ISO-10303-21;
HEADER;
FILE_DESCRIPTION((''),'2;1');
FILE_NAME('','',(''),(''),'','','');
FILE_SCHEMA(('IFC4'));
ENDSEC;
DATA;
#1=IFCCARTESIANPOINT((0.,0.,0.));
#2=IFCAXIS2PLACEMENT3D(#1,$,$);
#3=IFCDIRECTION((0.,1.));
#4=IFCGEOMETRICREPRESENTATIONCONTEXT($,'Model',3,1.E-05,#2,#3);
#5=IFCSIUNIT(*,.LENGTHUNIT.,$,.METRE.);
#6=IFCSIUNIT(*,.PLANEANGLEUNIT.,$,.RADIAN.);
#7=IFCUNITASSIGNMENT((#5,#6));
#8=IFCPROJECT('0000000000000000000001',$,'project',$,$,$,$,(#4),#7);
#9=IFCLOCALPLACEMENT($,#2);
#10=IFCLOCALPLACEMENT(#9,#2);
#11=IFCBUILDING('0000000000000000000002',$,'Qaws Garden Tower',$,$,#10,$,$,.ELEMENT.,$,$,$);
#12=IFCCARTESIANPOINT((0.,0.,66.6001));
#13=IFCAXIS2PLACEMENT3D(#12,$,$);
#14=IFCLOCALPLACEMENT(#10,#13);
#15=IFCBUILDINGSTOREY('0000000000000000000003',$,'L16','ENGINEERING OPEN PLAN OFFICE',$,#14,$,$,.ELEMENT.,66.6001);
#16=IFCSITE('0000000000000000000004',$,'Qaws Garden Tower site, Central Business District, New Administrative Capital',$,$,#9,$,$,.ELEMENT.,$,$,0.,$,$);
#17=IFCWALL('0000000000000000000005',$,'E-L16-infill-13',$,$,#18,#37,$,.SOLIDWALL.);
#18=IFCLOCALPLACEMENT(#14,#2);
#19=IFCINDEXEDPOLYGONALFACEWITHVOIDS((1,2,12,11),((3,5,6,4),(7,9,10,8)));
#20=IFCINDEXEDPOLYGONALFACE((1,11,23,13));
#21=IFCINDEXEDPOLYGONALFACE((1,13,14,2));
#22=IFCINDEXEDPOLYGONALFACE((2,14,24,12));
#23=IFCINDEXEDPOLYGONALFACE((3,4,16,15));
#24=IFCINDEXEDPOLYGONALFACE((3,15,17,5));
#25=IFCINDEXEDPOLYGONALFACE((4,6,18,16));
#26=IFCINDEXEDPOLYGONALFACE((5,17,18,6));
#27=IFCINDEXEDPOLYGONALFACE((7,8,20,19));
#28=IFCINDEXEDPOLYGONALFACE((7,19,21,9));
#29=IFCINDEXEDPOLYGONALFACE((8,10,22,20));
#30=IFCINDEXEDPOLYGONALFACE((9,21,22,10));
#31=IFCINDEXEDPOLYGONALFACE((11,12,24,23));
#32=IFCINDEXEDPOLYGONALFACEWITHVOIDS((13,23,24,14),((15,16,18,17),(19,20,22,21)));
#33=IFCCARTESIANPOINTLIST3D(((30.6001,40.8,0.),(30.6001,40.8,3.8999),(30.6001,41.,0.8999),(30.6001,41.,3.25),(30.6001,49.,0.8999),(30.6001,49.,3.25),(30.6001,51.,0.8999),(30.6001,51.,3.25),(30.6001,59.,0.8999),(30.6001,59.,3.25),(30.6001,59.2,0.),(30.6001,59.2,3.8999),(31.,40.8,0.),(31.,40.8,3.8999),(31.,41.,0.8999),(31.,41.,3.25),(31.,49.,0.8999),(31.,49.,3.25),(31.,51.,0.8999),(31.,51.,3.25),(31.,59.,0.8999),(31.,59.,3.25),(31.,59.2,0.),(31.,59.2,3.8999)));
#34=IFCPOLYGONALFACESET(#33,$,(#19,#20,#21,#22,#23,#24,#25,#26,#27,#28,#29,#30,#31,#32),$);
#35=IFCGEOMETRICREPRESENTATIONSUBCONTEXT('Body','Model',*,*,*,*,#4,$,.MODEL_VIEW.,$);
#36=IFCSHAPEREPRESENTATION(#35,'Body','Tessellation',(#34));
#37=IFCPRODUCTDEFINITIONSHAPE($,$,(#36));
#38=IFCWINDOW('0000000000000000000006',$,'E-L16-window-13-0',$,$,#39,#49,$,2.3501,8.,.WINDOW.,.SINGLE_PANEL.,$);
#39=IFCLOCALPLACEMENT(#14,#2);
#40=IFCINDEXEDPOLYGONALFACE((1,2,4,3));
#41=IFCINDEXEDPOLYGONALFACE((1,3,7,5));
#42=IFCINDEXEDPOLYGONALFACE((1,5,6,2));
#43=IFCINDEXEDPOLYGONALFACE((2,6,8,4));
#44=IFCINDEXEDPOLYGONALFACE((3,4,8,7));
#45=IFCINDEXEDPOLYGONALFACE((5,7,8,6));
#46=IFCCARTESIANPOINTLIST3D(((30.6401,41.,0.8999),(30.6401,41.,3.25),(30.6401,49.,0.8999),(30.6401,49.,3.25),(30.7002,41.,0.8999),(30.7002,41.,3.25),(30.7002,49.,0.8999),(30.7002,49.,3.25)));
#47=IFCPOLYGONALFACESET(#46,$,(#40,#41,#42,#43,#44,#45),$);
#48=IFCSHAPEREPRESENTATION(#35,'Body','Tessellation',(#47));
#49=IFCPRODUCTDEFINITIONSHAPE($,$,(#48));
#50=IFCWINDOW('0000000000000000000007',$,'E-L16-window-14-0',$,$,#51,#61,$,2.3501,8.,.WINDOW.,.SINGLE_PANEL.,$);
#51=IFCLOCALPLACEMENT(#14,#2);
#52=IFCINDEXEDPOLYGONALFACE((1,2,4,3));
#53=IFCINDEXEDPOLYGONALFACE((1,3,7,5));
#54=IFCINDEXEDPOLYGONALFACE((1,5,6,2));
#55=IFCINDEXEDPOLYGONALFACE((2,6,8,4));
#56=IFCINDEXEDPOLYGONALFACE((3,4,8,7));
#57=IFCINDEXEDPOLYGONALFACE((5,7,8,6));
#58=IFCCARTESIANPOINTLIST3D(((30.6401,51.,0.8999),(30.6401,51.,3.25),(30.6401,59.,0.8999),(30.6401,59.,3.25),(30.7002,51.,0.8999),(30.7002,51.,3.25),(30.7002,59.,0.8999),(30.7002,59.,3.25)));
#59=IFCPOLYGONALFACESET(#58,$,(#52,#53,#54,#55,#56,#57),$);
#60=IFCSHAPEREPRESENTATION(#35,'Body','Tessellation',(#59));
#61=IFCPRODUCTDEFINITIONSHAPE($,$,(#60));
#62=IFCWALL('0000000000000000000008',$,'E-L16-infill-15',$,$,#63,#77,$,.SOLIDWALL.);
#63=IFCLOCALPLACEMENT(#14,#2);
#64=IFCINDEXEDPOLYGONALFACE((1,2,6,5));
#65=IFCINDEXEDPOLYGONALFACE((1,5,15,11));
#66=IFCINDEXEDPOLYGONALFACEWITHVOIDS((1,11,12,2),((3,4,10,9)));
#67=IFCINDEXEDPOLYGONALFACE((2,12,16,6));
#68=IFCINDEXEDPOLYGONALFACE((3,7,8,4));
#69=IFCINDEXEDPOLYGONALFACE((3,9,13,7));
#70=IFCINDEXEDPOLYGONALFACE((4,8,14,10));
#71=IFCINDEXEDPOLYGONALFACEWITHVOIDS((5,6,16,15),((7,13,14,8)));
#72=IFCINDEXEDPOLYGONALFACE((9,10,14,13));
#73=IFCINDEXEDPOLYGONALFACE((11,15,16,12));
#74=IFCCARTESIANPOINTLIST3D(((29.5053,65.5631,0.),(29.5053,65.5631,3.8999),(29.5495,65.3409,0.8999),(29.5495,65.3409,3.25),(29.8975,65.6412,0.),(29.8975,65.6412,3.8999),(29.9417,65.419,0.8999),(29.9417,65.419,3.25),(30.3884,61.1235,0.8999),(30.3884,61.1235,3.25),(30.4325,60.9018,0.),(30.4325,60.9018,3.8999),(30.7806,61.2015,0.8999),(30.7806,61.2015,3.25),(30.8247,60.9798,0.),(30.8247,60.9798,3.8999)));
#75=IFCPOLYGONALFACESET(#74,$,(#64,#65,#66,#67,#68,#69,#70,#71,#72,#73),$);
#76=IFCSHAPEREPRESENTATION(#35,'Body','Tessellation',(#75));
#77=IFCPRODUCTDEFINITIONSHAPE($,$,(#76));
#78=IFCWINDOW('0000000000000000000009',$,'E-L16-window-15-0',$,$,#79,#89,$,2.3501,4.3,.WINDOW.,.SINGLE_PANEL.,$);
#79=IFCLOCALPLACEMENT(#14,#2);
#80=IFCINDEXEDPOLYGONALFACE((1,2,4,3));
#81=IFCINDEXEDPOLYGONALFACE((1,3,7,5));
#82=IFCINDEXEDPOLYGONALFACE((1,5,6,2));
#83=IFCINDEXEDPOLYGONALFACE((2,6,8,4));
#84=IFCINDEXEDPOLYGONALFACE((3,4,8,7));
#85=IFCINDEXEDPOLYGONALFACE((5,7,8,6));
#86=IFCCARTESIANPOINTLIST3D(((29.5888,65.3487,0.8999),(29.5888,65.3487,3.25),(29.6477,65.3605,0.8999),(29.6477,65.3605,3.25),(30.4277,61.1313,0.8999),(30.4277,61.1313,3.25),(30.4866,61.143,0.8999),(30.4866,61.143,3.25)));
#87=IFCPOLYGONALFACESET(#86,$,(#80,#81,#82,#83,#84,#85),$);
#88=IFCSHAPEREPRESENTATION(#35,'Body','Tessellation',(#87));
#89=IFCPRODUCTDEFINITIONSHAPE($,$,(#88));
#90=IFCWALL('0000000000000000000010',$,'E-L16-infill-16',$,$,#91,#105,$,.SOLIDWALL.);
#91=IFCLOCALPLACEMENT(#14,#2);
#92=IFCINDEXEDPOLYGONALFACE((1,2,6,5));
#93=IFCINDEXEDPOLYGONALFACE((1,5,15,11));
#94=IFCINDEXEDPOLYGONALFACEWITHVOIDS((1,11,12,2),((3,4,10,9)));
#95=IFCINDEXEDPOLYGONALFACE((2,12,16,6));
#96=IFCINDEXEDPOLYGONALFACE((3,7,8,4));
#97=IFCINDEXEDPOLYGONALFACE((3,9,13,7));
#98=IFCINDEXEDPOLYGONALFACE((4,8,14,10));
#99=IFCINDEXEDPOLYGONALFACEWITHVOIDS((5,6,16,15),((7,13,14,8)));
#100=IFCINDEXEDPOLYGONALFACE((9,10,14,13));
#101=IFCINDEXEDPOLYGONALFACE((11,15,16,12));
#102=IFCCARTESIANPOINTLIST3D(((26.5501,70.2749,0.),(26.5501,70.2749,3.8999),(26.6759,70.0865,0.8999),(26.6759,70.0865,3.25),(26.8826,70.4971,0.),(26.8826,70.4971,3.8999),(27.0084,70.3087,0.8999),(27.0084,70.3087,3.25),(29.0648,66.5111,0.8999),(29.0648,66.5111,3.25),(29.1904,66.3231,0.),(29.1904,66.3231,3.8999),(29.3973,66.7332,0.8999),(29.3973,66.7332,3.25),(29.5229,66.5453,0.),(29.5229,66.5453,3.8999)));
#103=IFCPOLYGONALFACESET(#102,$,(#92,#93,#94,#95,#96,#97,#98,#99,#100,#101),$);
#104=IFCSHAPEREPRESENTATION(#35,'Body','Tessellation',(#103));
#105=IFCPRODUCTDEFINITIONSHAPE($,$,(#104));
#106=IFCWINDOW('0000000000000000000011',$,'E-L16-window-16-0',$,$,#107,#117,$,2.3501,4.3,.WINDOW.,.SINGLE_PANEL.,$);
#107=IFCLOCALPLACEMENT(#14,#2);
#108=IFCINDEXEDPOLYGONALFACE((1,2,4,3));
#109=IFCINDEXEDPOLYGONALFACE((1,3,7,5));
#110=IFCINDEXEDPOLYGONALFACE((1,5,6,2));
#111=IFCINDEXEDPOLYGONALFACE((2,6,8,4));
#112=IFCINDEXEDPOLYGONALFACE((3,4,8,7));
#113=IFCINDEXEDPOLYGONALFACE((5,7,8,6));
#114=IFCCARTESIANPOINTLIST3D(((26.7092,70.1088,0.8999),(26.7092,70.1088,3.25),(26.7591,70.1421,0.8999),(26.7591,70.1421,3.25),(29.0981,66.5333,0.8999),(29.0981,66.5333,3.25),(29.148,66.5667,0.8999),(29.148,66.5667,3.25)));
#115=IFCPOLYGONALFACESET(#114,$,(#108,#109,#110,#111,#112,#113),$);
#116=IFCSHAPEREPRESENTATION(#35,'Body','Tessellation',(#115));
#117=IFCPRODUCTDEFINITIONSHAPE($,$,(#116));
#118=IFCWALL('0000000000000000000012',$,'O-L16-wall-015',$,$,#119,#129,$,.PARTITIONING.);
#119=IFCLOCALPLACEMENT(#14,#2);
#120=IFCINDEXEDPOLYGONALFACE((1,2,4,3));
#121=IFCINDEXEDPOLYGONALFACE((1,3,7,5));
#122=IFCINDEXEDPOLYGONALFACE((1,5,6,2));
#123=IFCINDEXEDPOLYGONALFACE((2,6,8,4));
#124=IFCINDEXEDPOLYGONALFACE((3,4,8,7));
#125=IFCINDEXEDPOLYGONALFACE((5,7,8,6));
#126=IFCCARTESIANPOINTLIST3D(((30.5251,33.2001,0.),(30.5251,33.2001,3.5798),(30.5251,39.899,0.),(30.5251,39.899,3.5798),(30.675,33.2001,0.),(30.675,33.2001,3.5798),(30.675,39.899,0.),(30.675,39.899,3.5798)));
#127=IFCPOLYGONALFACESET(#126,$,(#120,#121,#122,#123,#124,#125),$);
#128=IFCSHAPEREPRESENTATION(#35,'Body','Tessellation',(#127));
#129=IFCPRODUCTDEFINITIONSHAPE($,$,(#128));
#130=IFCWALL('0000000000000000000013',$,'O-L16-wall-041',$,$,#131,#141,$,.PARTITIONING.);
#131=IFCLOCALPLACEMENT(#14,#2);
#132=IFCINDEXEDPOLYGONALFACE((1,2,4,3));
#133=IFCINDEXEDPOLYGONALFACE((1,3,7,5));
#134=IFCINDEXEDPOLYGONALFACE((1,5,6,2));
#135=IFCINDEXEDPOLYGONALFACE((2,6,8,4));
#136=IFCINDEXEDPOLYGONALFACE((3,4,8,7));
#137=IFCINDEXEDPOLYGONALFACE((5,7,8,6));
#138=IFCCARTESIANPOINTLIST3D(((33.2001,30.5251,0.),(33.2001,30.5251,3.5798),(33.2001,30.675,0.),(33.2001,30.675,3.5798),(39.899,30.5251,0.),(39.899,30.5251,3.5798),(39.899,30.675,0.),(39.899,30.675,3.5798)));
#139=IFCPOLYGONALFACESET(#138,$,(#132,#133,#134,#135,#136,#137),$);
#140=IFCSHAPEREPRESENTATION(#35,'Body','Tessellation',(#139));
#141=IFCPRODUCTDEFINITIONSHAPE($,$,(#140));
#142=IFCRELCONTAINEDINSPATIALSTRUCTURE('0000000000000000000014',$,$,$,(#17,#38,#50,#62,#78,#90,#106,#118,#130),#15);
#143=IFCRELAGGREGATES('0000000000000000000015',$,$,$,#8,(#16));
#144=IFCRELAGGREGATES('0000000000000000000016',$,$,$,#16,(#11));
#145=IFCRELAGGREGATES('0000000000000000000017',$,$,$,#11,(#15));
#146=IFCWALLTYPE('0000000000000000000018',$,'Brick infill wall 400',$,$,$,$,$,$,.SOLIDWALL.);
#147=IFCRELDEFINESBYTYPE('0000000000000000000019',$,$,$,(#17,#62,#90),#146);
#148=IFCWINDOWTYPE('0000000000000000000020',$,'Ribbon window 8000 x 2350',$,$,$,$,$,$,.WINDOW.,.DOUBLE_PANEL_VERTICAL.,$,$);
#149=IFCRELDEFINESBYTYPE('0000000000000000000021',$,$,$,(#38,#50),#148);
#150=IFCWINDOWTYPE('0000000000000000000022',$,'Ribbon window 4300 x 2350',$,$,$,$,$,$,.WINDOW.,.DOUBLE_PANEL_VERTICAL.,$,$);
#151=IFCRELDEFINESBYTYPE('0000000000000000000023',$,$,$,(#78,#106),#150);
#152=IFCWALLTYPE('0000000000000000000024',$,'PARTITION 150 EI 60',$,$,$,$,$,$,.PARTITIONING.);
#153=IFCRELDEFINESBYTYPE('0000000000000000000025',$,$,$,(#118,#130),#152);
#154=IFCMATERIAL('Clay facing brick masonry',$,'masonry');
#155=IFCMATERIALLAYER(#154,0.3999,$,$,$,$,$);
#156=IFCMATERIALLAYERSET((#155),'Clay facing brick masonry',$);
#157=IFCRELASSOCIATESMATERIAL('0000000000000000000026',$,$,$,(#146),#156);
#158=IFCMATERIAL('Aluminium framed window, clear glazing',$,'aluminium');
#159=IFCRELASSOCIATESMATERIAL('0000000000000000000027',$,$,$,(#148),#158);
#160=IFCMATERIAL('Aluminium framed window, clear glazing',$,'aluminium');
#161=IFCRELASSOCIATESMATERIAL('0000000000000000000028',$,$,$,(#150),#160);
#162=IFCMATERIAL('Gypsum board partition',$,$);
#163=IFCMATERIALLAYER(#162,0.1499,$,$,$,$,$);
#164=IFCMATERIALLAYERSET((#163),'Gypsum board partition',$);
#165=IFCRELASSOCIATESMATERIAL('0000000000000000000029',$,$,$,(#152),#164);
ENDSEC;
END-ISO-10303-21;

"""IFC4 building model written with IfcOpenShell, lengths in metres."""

from ifc_helpers import new_model, si_unit, direction, frame, frame_2d, origin, place, context, subcontext, project, spatial, rectangle, extrude, material, layer, layer_set, type_object, element, fill, save


model = new_model("IFC4")

# Units and contexts
model_context = context("Model", 3, precision=1e-05, world=origin(), true_north=direction((0.0, 1.0)))
body_context = subcontext(model_context, "Body", "Model", "MODEL_VIEW")
ifc_project = project(units=[si_unit("LENGTHUNIT", "METRE"), si_unit("PLANEANGLEUNIT", "RADIAN")], contexts=[model_context])

# Site, building, storey
site_placement = place(None, origin())
site = spatial("IfcSite", under=ifc_project, at=site_placement, Name="Qaws Garden Tower site, Central Business District, New Administrative Capital", CompositionType="ELEMENT", RefElevation=0.0)
building_placement = place(site_placement, origin())
building = spatial("IfcBuilding", under=site, at=building_placement, Name="Qaws Garden Tower", CompositionType="ELEMENT")
storey_placement = place(building_placement, frame((0.0, 0.0, 66.6001)))
storey = spatial("IfcBuildingStorey", under=building, at=storey_placement, Name="L16", Description="ENGINEERING OPEN PLAN OFFICE", CompositionType="ELEMENT", Elevation=66.6001)

# Shared definitions
ifc_material_1 = material(Name="Clay facing brick masonry", Category="masonry")
ifc_layer_1 = layer(ifc_material_1, 0.3999)
ifc_layer_set_1 = layer_set([ifc_layer_1], Name="Clay facing brick masonry")
wall_type_1 = type_object("IfcWallType", Name="Brick infill wall 400", PredefinedType="SOLIDWALL", material=ifc_layer_set_1)
ifc_material_2 = material(Name="Aluminium framed window, clear glazing", Category="aluminium")
window_type_1 = type_object("IfcWindowType", Name="Ribbon window 8000 x 2350", PartitioningType="DOUBLE_PANEL_VERTICAL", PredefinedType="WINDOW", material=ifc_material_2)

# Wall, openings, windows
wall_1_placement = place(storey_placement, frame((30.8, 40.8, 0.0), z_axis=(0.0, 0.0, 1.0), x_axis=(0.0, 1.0, 0.0)))
wall_1 = element("IfcWall", 1, at=wall_1_placement, inside=storey, type_object=wall_type_1, Name="E-L16-infill-13", PredefinedType="SOLIDWALL", context=body_context, shape_type="SweptSolid", body=[
    extrude(rectangle(XDim=18.3999, YDim=0.3999, at=frame_2d((9.2, 0.0))), origin(), (0.0, 0.0, 1.0), 3.8999),
])
opening_1_placement = place(wall_1_placement, frame((0.2, 0.0, 0.8999)))
opening_1 = element("IfcOpeningElement", 2, at=opening_1_placement, cuts=wall_1, PredefinedType="OPENING", context=body_context, shape_type="SweptSolid", body=[
    extrude(rectangle(XDim=8.0, YDim=2.3501, at=frame_2d((4.0, 1.175))), frame((0.0, 0.21, 0.0), z_axis=(0.0, -1.0, 0.0), x_axis=(1.0, 0.0, 0.0)), (0.0, 0.0, 1.0), 0.4199),
])
opening_2_placement = place(wall_1_placement, frame((10.2, 0.0, 0.8999)))
opening_2 = element("IfcOpeningElement", 3, at=opening_2_placement, cuts=wall_1, PredefinedType="OPENING", context=body_context, shape_type="SweptSolid", body=[
    extrude(rectangle(XDim=8.0, YDim=2.3501, at=frame_2d((4.0, 1.175))), frame((0.0, 0.21, 0.0), z_axis=(0.0, -1.0, 0.0), x_axis=(1.0, 0.0, 0.0)), (0.0, 0.0, 1.0), 0.4199),
])
window_1_placement = place(opening_1_placement, origin())
window_1 = element("IfcWindow", 4, at=window_1_placement, inside=storey, type_object=window_type_1, Name="E-L16-window-13-0", OverallHeight=2.3501, OverallWidth=8.0, PartitioningType="SINGLE_PANEL", PredefinedType="WINDOW", context=body_context, shape_type="SweptSolid", body=[
    extrude(rectangle(XDim=8.0, YDim=2.3501, at=frame_2d((4.0, 1.175))), frame((0.0, 0.1599, 0.0), z_axis=(0.0, -1.0, 0.0), x_axis=(1.0, 0.0, 0.0)), (0.0, 0.0, 1.0), 0.0601),
])
fill(opening_1, window_1)
window_2_placement = place(opening_2_placement, origin())
window_2 = element("IfcWindow", 5, at=window_2_placement, inside=storey, type_object=window_type_1, Name="E-L16-window-14-0", OverallHeight=2.3501, OverallWidth=8.0, PartitioningType="SINGLE_PANEL", PredefinedType="WINDOW", context=body_context, shape_type="SweptSolid", body=[
    extrude(rectangle(XDim=8.0, YDim=2.3501, at=frame_2d((4.0, 1.175))), frame((0.0, 0.1599, 0.0), z_axis=(0.0, -1.0, 0.0), x_axis=(1.0, 0.0, 0.0)), (0.0, 0.0, 1.0), 0.0601),
])
fill(opening_2, window_2)

# Walls, openings, windows
wall_2_placement = place(storey_placement, frame((30.6287, 60.9407, 0.0), z_axis=(0.0, 0.0, 1.0), x_axis=(-0.195099, 0.980784, 0.0)))
wall_2 = element("IfcWall", 6, at=wall_2_placement, inside=storey, type_object=wall_type_1, Name="E-L16-infill-15", PredefinedType="SOLIDWALL", context=body_context, shape_type="SweptSolid", body=[
    extrude(rectangle(XDim=4.7527, YDim=0.3999, at=frame_2d((2.3765, 0.0))), origin(), (0.0, 0.0, 1.0), 3.8999),
])
opening_3_placement = place(wall_2_placement, frame((0.2263, 0.0, 0.8999)))
opening_3 = element("IfcOpeningElement", 7, at=opening_3_placement, cuts=wall_2, PredefinedType="OPENING", context=body_context, shape_type="SweptSolid", body=[
    extrude(rectangle(XDim=4.3, YDim=2.3501, at=frame_2d((2.1499, 1.175))), frame((0.0, 0.21, 0.0), z_axis=(0.0, -1.0, 0.0), x_axis=(1.0, 0.0, 0.0)), (0.0, 0.0, 1.0), 0.4199),
])
ifc_material_3 = material(Name="Aluminium framed window, clear glazing", Category="aluminium")
window_type_2 = type_object("IfcWindowType", Name="Ribbon window 4300 x 2350", PartitioningType="DOUBLE_PANEL_VERTICAL", PredefinedType="WINDOW", material=ifc_material_3)
window_3_placement = place(opening_3_placement, origin())
window_3 = element("IfcWindow", 8, at=window_3_placement, inside=storey, type_object=window_type_2, Name="E-L16-window-15-0", OverallHeight=2.3501, OverallWidth=4.3, PartitioningType="SINGLE_PANEL", PredefinedType="WINDOW", context=body_context, shape_type="SweptSolid", body=[
    extrude(rectangle(XDim=4.3, YDim=2.3501, at=frame_2d((2.1499, 1.175))), frame((0.0, 0.1599, 0.0), z_axis=(0.0, -1.0, 0.0), x_axis=(1.0, 0.0, 0.0)), (0.0, 0.0, 1.0), 0.0601),
])
fill(opening_3, window_3)
wall_3_placement = place(storey_placement, frame((29.3567, 66.4341, 0.0), z_axis=(0.0, 0.0, 1.0), x_axis=(-0.555542, 0.831489, 0.0)))
wall_3 = element("IfcWall", 9, at=wall_3_placement, inside=storey, type_object=wall_type_1, Name="E-L16-infill-16", PredefinedType="SOLIDWALL", context=body_context, shape_type="SweptSolid", body=[
    extrude(rectangle(XDim=4.7527, YDim=0.3999, at=frame_2d((2.3765, 0.0))), origin(), (0.0, 0.0, 1.0), 3.8999),
])
opening_4_placement = place(wall_3_placement, frame((0.2263, 0.0, 0.8999)))
opening_4 = element("IfcOpeningElement", 10, at=opening_4_placement, cuts=wall_3, PredefinedType="OPENING", context=body_context, shape_type="SweptSolid", body=[
    extrude(rectangle(XDim=4.3, YDim=2.3501, at=frame_2d((2.1499, 1.175))), frame((0.0, 0.21, 0.0), z_axis=(0.0, -1.0, 0.0), x_axis=(1.0, 0.0, 0.0)), (0.0, 0.0, 1.0), 0.4199),
])
window_4_placement = place(opening_4_placement, origin())
window_4 = element("IfcWindow", 11, at=window_4_placement, inside=storey, type_object=window_type_2, Name="E-L16-window-16-0", OverallHeight=2.3501, OverallWidth=4.3, PartitioningType="SINGLE_PANEL", PredefinedType="WINDOW", context=body_context, shape_type="SweptSolid", body=[
    extrude(rectangle(XDim=4.3, YDim=2.3501, at=frame_2d((2.1499, 1.175))), frame((0.0, 0.1599, 0.0), z_axis=(0.0, -1.0, 0.0), x_axis=(1.0, 0.0, 0.0)), (0.0, 0.0, 1.0), 0.0601),
])
fill(opening_4, window_4)

# Walls
ifc_material_4 = material(Name="Gypsum board partition")
ifc_layer_2 = layer(ifc_material_4, 0.1499)
ifc_layer_set_2 = layer_set([ifc_layer_2], Name="Gypsum board partition")
wall_type_2 = type_object("IfcWallType", Name="PARTITION 150 EI 60", PredefinedType="PARTITIONING", material=ifc_layer_set_2)
for number, where, z_axis, x_axis, name in (
    (12, (30.6001, 33.2, 0.0), (0.0, 0.0, 1.0), (0.0, 1.0, 0.0), "O-L16-wall-015"),
    (13, (33.2, 30.6001, 0.0), (0.0, 0.0, 1.0), (1.0, 0.0, 0.0), "O-L16-wall-041"),
):
    element("IfcWall", number, at=place(storey_placement, frame(where, z_axis=z_axis, x_axis=x_axis)), inside=storey, type_object=wall_type_2, Name=name, PredefinedType="PARTITIONING", context=body_context, shape_type="SweptSolid", body=[
        extrude(rectangle(XDim=6.699, YDim=0.1499, at=frame_2d((3.3496, 0.0))), origin(), (0.0, 0.0, 1.0), 3.5798),
    ])

save(model, "model.ifc")
